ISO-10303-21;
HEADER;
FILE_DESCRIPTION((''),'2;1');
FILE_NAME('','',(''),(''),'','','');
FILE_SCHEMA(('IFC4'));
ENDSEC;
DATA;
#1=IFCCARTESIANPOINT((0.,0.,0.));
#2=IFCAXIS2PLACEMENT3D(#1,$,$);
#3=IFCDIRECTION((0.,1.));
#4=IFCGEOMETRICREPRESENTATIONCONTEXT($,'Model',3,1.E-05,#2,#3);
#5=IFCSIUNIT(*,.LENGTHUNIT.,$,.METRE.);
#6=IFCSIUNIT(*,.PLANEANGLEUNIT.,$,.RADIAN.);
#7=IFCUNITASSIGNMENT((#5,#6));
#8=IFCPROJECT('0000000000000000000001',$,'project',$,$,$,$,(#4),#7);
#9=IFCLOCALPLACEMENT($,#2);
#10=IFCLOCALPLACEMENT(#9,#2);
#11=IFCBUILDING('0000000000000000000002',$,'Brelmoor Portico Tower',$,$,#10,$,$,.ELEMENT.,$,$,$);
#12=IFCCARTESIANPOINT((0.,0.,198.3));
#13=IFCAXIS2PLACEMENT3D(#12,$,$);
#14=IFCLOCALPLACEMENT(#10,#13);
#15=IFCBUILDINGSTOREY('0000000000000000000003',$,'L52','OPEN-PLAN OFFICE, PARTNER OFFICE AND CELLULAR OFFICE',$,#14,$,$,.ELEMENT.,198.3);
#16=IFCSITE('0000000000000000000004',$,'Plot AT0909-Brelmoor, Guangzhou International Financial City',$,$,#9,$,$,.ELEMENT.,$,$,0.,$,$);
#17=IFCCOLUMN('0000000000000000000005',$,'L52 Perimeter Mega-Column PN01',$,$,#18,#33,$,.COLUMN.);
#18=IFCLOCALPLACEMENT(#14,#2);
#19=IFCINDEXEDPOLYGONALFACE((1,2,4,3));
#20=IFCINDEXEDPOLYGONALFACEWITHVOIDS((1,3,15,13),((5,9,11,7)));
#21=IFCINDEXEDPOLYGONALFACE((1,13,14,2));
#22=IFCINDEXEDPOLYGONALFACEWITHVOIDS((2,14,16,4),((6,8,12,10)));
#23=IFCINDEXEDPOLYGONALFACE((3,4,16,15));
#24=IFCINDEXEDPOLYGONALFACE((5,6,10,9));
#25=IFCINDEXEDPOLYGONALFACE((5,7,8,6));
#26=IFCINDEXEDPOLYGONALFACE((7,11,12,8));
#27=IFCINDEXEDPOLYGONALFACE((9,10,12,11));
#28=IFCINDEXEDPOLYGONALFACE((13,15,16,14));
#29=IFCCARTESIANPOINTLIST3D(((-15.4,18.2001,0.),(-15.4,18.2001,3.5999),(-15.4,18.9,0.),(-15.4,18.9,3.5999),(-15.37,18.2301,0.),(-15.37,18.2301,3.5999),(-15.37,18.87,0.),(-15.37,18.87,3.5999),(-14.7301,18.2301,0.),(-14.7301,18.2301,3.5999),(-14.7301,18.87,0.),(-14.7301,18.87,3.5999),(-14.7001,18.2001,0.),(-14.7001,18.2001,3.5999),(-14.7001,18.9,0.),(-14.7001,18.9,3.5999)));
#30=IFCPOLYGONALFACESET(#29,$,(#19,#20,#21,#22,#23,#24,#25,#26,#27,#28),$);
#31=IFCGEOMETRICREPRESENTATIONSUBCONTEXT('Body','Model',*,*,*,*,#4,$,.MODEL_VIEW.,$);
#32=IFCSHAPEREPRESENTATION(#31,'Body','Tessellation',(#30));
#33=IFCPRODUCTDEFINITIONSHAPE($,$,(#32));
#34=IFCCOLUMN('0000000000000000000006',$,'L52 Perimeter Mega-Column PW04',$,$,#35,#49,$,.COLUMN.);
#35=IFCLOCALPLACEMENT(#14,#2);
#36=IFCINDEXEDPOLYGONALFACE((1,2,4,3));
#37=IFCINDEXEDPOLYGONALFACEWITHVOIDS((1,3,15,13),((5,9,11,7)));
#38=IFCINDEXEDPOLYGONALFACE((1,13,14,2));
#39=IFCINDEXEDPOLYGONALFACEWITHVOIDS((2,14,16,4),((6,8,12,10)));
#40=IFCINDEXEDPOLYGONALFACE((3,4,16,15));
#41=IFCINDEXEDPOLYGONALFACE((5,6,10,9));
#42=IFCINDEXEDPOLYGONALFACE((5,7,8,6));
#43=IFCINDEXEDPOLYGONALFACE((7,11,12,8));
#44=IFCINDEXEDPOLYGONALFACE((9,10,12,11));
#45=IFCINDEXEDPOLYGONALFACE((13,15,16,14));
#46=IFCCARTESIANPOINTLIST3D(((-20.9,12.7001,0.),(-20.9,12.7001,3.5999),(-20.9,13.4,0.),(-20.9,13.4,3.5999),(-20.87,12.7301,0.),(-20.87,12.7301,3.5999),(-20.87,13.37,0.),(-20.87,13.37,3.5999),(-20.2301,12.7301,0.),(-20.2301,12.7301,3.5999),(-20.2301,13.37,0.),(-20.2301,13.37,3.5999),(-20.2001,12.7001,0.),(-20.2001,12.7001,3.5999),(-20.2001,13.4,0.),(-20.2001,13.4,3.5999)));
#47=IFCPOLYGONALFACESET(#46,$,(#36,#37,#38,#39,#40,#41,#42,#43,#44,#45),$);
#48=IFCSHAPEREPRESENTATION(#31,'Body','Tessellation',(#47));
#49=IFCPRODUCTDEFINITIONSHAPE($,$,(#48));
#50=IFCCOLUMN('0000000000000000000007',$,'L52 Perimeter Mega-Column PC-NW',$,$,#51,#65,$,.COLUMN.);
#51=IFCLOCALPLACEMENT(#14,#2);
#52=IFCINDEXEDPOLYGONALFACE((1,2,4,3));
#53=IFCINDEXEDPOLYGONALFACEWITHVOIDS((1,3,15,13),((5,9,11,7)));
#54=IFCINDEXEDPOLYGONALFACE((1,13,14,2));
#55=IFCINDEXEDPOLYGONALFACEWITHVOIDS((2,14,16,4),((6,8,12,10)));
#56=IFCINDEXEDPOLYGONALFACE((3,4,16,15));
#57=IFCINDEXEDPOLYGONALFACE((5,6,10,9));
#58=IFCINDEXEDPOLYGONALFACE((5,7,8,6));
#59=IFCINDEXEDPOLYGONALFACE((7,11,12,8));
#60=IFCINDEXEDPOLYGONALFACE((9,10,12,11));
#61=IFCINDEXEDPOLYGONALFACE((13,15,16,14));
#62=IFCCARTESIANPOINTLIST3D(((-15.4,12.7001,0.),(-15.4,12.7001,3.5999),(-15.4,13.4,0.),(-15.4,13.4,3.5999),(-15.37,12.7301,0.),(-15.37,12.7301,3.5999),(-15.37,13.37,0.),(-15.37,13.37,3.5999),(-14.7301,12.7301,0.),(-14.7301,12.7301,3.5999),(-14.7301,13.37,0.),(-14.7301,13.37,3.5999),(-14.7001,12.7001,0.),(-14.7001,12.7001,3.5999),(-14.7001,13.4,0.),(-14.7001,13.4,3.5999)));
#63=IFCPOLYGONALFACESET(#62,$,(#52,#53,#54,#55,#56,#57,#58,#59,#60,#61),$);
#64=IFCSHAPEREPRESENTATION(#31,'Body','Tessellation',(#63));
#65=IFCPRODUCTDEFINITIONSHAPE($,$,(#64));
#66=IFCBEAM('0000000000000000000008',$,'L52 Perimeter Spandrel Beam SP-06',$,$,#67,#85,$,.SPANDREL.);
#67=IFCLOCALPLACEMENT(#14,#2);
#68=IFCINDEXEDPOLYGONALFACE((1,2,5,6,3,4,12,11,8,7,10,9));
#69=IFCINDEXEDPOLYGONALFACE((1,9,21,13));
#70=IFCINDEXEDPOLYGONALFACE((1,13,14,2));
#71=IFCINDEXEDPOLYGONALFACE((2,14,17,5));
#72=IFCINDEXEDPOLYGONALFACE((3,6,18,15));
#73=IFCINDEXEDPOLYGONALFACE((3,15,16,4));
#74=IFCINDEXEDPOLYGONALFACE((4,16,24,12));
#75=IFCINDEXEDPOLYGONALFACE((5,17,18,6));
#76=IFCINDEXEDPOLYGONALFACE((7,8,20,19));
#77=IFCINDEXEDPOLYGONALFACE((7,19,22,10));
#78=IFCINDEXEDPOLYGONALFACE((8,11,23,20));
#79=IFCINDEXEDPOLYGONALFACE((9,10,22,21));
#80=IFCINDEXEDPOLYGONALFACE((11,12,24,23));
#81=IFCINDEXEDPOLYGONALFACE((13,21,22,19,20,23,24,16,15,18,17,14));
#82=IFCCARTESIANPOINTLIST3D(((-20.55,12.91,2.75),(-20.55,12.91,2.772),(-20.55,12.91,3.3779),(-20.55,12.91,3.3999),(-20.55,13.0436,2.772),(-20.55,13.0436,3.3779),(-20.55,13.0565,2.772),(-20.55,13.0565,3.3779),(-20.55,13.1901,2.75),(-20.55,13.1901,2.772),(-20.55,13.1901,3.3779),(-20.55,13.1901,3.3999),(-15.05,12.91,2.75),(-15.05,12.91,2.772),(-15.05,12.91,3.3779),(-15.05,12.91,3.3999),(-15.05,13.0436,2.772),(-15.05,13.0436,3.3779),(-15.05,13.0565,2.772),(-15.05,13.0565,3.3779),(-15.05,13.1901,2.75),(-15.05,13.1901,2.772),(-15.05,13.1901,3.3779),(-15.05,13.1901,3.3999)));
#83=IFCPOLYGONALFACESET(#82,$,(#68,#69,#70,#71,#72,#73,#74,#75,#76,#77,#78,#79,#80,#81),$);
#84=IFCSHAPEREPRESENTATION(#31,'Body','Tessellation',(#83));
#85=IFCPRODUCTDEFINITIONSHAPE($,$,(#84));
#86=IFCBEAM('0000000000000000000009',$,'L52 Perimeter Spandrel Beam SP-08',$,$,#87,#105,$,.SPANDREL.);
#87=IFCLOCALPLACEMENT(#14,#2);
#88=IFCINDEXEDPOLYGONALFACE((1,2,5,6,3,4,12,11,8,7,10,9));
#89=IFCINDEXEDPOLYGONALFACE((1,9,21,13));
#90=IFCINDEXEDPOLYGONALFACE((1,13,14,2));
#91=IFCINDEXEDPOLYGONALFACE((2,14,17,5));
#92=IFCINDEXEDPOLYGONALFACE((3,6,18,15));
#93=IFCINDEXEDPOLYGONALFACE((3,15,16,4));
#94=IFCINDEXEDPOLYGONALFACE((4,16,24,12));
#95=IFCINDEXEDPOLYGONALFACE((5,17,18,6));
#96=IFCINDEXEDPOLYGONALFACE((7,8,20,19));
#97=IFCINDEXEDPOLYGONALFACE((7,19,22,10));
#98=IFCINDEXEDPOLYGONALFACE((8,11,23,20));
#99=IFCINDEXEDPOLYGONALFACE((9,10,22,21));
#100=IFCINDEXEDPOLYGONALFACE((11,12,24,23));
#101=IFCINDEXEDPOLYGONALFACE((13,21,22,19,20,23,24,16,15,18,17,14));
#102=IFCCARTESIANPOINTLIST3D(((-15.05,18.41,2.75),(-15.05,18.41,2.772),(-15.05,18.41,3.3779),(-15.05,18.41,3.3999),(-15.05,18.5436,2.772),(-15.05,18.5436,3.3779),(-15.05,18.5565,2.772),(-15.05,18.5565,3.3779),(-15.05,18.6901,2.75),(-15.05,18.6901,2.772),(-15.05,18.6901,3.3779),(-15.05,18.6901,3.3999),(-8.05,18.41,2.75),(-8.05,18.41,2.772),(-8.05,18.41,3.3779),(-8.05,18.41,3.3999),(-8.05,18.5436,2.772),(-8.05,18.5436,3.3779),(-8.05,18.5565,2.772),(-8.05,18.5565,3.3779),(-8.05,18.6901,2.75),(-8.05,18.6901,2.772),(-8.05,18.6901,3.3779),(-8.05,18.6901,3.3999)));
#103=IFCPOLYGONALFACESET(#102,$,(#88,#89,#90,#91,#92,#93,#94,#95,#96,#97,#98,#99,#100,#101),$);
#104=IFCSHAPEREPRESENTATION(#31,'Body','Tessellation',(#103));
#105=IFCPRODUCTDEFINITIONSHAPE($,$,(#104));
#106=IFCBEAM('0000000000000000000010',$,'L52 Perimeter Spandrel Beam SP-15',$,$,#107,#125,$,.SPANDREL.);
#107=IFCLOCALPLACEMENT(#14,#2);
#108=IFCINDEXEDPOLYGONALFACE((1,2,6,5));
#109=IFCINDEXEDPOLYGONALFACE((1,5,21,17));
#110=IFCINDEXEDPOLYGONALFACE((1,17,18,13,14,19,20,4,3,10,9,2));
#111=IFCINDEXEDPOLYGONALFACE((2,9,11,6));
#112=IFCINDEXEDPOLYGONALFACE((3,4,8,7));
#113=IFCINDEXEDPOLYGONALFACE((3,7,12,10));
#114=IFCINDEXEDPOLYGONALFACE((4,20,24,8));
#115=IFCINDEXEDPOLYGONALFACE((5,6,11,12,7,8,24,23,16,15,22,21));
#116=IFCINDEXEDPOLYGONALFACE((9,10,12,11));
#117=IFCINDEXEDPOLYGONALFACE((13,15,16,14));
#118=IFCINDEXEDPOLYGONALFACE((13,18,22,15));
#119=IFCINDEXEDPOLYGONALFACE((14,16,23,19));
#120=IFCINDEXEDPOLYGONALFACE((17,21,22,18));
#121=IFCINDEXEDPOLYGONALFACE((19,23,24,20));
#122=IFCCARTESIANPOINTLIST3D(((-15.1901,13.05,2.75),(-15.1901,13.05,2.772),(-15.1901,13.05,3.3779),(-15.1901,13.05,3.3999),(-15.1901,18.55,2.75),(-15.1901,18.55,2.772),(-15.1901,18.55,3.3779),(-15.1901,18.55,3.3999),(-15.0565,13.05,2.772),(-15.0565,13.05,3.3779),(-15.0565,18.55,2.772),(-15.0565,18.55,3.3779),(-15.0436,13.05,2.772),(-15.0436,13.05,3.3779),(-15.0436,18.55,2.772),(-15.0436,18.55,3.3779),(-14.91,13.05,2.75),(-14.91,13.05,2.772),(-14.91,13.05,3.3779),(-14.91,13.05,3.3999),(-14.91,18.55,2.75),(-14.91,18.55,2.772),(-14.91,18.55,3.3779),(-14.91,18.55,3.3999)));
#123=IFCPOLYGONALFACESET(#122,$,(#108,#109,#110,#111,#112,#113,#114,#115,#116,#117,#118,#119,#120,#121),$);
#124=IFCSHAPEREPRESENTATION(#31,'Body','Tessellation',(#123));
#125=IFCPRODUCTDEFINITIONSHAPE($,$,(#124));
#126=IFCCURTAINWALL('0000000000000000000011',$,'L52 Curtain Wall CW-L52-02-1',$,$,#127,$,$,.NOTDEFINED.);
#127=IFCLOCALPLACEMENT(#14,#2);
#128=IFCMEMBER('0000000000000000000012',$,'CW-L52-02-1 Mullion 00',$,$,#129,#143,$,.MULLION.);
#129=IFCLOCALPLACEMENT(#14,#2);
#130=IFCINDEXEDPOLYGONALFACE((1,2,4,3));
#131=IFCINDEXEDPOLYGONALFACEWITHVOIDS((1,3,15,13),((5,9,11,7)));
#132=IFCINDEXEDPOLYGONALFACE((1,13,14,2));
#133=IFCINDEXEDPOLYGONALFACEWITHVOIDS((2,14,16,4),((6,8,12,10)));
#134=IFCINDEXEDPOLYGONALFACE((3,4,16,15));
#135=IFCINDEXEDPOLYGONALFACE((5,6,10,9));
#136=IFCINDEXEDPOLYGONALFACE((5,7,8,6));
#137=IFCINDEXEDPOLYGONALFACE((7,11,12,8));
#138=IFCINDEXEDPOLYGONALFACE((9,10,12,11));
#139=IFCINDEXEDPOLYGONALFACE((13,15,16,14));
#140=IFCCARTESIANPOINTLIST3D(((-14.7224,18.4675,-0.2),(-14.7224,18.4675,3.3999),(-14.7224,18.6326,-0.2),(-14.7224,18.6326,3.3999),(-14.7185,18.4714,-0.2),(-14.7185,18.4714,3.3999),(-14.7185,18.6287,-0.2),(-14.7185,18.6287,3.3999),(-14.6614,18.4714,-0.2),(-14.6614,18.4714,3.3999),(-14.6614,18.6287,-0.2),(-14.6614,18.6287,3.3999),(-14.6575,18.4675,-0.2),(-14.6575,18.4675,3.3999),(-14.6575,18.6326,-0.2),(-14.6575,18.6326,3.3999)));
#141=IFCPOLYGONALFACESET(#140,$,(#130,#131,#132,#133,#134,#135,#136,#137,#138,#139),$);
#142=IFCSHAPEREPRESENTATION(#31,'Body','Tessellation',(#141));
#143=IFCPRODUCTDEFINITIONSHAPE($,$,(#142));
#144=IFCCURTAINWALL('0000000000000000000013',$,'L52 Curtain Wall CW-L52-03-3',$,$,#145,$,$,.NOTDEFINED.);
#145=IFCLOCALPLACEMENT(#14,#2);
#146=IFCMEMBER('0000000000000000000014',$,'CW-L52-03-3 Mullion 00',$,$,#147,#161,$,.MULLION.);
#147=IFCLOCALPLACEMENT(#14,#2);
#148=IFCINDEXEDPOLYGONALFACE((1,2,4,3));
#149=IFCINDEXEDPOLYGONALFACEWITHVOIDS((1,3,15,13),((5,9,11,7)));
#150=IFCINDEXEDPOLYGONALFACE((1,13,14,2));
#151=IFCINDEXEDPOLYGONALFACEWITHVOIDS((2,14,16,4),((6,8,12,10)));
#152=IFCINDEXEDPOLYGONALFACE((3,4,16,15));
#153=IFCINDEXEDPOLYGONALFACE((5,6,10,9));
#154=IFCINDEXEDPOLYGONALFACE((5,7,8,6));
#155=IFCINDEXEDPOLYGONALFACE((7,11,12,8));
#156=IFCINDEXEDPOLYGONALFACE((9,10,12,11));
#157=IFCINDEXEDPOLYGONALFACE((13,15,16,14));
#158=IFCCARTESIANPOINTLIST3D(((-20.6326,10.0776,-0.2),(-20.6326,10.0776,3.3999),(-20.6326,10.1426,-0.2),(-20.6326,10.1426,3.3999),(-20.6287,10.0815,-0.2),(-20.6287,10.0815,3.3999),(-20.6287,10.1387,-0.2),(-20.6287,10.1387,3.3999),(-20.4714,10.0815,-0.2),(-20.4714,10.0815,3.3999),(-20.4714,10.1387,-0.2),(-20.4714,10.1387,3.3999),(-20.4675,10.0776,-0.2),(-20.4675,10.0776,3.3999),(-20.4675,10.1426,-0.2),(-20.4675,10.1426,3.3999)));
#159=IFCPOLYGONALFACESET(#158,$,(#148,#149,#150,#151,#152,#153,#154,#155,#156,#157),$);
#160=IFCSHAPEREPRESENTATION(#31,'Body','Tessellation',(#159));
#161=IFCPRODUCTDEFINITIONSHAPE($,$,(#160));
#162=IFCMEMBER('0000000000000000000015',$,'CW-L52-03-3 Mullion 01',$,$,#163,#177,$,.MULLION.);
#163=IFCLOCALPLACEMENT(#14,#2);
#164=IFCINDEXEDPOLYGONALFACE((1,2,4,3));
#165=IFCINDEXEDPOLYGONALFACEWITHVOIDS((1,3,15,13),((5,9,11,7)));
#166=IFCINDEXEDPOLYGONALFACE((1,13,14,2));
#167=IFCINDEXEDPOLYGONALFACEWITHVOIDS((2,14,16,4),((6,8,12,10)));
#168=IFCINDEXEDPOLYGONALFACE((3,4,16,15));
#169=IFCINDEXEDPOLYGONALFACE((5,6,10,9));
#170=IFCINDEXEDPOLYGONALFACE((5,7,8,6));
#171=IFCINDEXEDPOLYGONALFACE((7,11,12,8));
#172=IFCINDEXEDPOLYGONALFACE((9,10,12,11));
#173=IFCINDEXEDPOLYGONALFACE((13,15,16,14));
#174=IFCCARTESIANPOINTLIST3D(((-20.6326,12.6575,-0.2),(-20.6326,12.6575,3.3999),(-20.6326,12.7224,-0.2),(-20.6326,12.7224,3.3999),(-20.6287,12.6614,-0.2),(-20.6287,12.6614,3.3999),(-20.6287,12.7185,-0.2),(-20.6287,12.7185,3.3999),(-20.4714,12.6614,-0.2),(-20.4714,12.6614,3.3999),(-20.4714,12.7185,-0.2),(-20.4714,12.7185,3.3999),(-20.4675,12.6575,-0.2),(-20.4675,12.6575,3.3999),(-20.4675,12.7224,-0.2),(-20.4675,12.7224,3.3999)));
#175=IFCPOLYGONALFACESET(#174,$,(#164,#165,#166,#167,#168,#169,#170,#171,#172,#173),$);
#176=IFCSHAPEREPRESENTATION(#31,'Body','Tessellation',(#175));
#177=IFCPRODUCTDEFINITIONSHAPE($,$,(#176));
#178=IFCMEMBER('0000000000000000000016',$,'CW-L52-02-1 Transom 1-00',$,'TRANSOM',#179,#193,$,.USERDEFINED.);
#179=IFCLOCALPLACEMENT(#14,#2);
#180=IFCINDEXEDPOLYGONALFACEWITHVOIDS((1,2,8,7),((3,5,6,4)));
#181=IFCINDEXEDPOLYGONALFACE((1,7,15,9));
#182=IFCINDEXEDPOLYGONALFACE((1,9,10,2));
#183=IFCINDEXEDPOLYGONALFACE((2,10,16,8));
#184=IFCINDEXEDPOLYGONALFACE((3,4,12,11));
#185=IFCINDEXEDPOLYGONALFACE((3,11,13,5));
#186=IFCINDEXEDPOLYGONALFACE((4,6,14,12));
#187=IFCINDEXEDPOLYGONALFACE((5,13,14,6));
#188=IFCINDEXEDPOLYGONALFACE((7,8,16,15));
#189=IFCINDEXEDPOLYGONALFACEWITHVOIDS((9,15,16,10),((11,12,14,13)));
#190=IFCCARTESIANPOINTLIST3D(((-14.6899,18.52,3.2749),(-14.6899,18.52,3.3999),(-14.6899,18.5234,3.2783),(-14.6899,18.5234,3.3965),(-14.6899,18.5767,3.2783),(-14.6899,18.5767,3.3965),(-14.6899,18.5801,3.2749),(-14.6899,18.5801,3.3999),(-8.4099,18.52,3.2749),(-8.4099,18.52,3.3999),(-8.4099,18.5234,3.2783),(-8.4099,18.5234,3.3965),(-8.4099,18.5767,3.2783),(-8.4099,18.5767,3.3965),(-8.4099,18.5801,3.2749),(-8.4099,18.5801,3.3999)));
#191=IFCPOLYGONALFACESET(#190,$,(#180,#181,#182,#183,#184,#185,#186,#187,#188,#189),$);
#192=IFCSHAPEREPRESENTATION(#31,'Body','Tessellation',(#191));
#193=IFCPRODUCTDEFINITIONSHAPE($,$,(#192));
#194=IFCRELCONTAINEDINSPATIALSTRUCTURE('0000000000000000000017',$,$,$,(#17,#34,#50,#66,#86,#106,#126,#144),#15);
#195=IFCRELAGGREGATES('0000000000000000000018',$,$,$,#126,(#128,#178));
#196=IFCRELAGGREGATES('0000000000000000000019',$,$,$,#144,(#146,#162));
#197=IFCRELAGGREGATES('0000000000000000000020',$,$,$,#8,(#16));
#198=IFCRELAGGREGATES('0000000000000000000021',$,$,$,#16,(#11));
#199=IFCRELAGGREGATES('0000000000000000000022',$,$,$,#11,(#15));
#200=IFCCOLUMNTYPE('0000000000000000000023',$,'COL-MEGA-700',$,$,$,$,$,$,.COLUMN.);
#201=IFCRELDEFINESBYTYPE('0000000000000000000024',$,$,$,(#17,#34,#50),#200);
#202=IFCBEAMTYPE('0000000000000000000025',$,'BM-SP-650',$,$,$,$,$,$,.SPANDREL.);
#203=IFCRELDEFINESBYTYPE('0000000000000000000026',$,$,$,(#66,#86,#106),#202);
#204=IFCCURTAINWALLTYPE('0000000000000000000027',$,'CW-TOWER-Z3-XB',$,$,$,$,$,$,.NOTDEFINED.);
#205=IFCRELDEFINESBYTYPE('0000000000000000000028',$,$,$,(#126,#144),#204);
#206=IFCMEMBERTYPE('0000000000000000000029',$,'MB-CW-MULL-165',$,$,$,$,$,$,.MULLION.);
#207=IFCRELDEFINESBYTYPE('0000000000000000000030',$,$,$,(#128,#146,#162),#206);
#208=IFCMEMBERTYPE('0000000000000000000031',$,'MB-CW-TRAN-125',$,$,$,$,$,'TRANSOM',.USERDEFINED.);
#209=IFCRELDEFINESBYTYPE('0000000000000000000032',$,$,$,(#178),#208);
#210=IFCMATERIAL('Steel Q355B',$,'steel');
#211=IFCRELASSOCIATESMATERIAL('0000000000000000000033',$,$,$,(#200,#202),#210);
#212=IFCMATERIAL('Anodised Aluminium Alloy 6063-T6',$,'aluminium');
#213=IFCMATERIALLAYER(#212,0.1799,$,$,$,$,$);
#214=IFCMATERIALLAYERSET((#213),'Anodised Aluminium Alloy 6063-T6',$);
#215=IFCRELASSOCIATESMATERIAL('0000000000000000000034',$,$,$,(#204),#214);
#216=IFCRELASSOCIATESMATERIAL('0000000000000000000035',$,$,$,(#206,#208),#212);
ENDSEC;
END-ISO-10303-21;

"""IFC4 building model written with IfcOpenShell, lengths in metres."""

from ifc_helpers import new_model, si_unit, direction, frame, origin, origin_2d, place, context, subcontext, project, spatial, hollow_rectangle, i_section, extrude, material, layer, layer_set, material_profile, profile_set, type_object, element, aggregate, save


model = new_model("IFC4")

# Units and contexts
model_context = context("Model", 3, precision=1e-05, world=origin(), true_north=direction((0.0, 1.0)))
body_context = subcontext(model_context, "Body", "Model", "MODEL_VIEW")
ifc_project = project(units=[si_unit("LENGTHUNIT", "METRE"), si_unit("PLANEANGLEUNIT", "RADIAN")], contexts=[model_context])

# Site, building, storey
site_placement = place(None, origin())
site = spatial("IfcSite", under=ifc_project, at=site_placement, Name="Plot AT0909-Brelmoor, Guangzhou International Financial City", CompositionType="ELEMENT", RefElevation=0.0)
building_placement = place(site_placement, origin())
building = spatial("IfcBuilding", under=site, at=building_placement, Name="Brelmoor Portico Tower", CompositionType="ELEMENT")
storey_placement = place(building_placement, frame((0.0, 0.0, 198.3)))
storey = spatial("IfcBuildingStorey", under=building, at=storey_placement, Name="L52", Description="OPEN-PLAN OFFICE, PARTNER OFFICE AND CELLULAR OFFICE", CompositionType="ELEMENT", Elevation=198.3)

# Columns
ifc_material_1 = material(Name="Steel Q355B", Category="steel")
ifc_material_profile_1 = material_profile(ifc_material_1, hollow_rectangle(XDim=0.7, YDim=0.7, WallThickness=0.03, at=origin_2d()), Name="BOX 700x700x30")
ifc_profile_set_1 = profile_set([ifc_material_profile_1], Name="Steel Q355B")
column_type = type_object("IfcColumnType", Name="COL-MEGA-700", PredefinedType="COLUMN", material=ifc_profile_set_1)
for number, where, z_axis, x_axis, name in (
    (1, (-15.05, 18.55, 0.0), (0.0, 0.0, 1.0), (1.0, 0.0, 0.0), "L52 Perimeter Mega-Column PN01"),
    (2, (-20.55, 13.05, 0.0), (0.0, 0.0, 1.0), (0.0, 1.0, 0.0), "L52 Perimeter Mega-Column PW04"),
    (3, (-15.05, 13.05, 0.0), (0.0, 0.0, 1.0), (1.0, 0.0, 0.0), "L52 Perimeter Mega-Column PC-NW"),
):
    element("IfcColumn", number, at=place(storey_placement, frame(where, z_axis=z_axis, x_axis=x_axis)), inside=storey, type_object=column_type, Name=name, PredefinedType="COLUMN", context=body_context, shape_type="SweptSolid", body=[
        extrude(hollow_rectangle(XDim=0.7, YDim=0.7, WallThickness=0.03, at=origin_2d()), origin(), (0.0, 0.0, 1.0), 3.5999),
    ])

# Beams
ifc_material_profile_2 = material_profile(ifc_material_1, i_section(OverallWidth=0.28, OverallDepth=0.6499, WebThickness=0.0129, FlangeThickness=0.022, at=origin_2d()), Name="HN 650x280x13x22")
ifc_profile_set_2 = profile_set([ifc_material_profile_2], Name="Steel Q355B")
beam_type = type_object("IfcBeamType", Name="BM-SP-650", PredefinedType="SPANDREL", material=ifc_profile_set_2)
beam_1_placement = place(storey_placement, frame((-20.55, 13.05, 3.075), z_axis=(1.0, 0.0, 0.0), x_axis=(0.0, 1.0, 0.0)))
element("IfcBeam", 4, at=beam_1_placement, inside=storey, type_object=beam_type, Name="L52 Perimeter Spandrel Beam SP-06", PredefinedType="SPANDREL", context=body_context, shape_type="SweptSolid", body=[
    extrude(i_section(OverallWidth=0.28, OverallDepth=0.6499, WebThickness=0.0129, FlangeThickness=0.022, at=origin_2d()), origin(), (0.0, 0.0, 1.0), 5.5),
])
beam_2_placement = place(storey_placement, frame((-15.05, 18.55, 3.075), z_axis=(1.0, 0.0, 0.0), x_axis=(0.0, 1.0, 0.0)))
element("IfcBeam", 5, at=beam_2_placement, inside=storey, type_object=beam_type, Name="L52 Perimeter Spandrel Beam SP-08", PredefinedType="SPANDREL", context=body_context, shape_type="SweptSolid", body=[
    extrude(i_section(OverallWidth=0.28, OverallDepth=0.6499, WebThickness=0.0129, FlangeThickness=0.022, at=origin_2d()), origin(), (0.0, 0.0, 1.0), 7.0),
])
beam_3_placement = place(storey_placement, frame((-15.05, 13.05, 3.075), z_axis=(0.0, 1.0, 0.0), x_axis=(-1.0, 0.0, 0.0)))
element("IfcBeam", 6, at=beam_3_placement, inside=storey, type_object=beam_type, Name="L52 Perimeter Spandrel Beam SP-15", PredefinedType="SPANDREL", context=body_context, shape_type="SweptSolid", body=[
    extrude(i_section(OverallWidth=0.28, OverallDepth=0.6499, WebThickness=0.0129, FlangeThickness=0.022, at=origin_2d()), origin(), (0.0, 0.0, 1.0), 5.5),
])

# Curtain wall, member
ifc_material_2 = material(Name="Anodised Aluminium Alloy 6063-T6", Category="aluminium")
ifc_layer_1 = layer(ifc_material_2, 0.1799)
ifc_layer_set_1 = layer_set([ifc_layer_1], Name="Anodised Aluminium Alloy 6063-T6")
curtain_wall_type = type_object("IfcCurtainWallType", Name="CW-TOWER-Z3-XB", PredefinedType="NOTDEFINED", material=ifc_layer_set_1)
curtain_wall_1_placement = place(storey_placement, origin())
curtain_wall_1 = element("IfcCurtainWall", 7, at=curtain_wall_1_placement, inside=storey, type_object=curtain_wall_type, Name="L52 Curtain Wall CW-L52-02-1", PredefinedType="NOTDEFINED")
ifc_material_profile_3 = material_profile(ifc_material_2, hollow_rectangle(XDim=0.0649, YDim=0.165, WallThickness=0.0039, at=origin_2d()), Name="ALU MULLION 65x165")
ifc_profile_set_3 = profile_set([ifc_material_profile_3], Name="Anodised Aluminium Alloy 6063-T6")
member_type_1 = type_object("IfcMemberType", Name="MB-CW-MULL-165", PredefinedType="MULLION", material=ifc_profile_set_3)
member_1_placement = place(storey_placement, frame((-14.6899, 18.55, -0.2), z_axis=(0.0, 0.0, 1.0), x_axis=(1.0, 0.0, 0.0)))
member_1 = element("IfcMember", 8, at=member_1_placement, type_object=member_type_1, Name="CW-L52-02-1 Mullion 00", PredefinedType="MULLION", context=body_context, shape_type="SweptSolid", body=[
    extrude(hollow_rectangle(XDim=0.0649, YDim=0.165, WallThickness=0.0039, at=origin_2d()), origin(), (0.0, 0.0, 1.0), 3.5999),
])

# Curtain wall, members
curtain_wall_2_placement = place(storey_placement, origin())
curtain_wall_2 = element("IfcCurtainWall", 9, at=curtain_wall_2_placement, inside=storey, type_object=curtain_wall_type, Name="L52 Curtain Wall CW-L52-03-3", PredefinedType="NOTDEFINED")
member_2_placement = place(storey_placement, frame((-20.55, 10.1101, -0.2), z_axis=(0.0, 0.0, 1.0), x_axis=(0.0, 1.0, 0.0)))
member_2 = element("IfcMember", 10, at=member_2_placement, type_object=member_type_1, Name="CW-L52-03-3 Mullion 00", PredefinedType="MULLION", context=body_context, shape_type="SweptSolid", body=[
    extrude(hollow_rectangle(XDim=0.0649, YDim=0.165, WallThickness=0.0039, at=origin_2d()), origin(), (0.0, 0.0, 1.0), 3.5999),
])
member_3_placement = place(storey_placement, frame((-20.55, 12.6899, -0.2), z_axis=(0.0, 0.0, 1.0), x_axis=(0.0, 1.0, 0.0)))
member_3 = element("IfcMember", 11, at=member_3_placement, type_object=member_type_1, Name="CW-L52-03-3 Mullion 01", PredefinedType="MULLION", context=body_context, shape_type="SweptSolid", body=[
    extrude(hollow_rectangle(XDim=0.0649, YDim=0.165, WallThickness=0.0039, at=origin_2d()), origin(), (0.0, 0.0, 1.0), 3.5999),
])

# Member
ifc_material_profile_4 = material_profile(ifc_material_2, hollow_rectangle(XDim=0.0601, YDim=0.125, WallThickness=0.0034, at=origin_2d()), Name="ALU TRANSOM 60x125")
ifc_profile_set_4 = profile_set([ifc_material_profile_4], Name="Anodised Aluminium Alloy 6063-T6")
member_type_2 = type_object("IfcMemberType", Name="MB-CW-TRAN-125", ElementType="TRANSOM", PredefinedType="USERDEFINED", material=ifc_profile_set_4)
member_4_placement = place(storey_placement, frame((-14.6899, 18.55, 3.3374), z_axis=(1.0, 0.0, 0.0), x_axis=(0.0, 1.0, 0.0)))
member_4 = element("IfcMember", 12, at=member_4_placement, type_object=member_type_2, Name="CW-L52-02-1 Transom 1-00", ObjectType="TRANSOM", PredefinedType="USERDEFINED", context=body_context, shape_type="SweptSolid", body=[
    extrude(hollow_rectangle(XDim=0.0601, YDim=0.125, WallThickness=0.0034, at=origin_2d()), origin(), (0.0, 0.0, 1.0), 6.28),
])
aggregate(curtain_wall_1, [member_1, member_4])

aggregate(curtain_wall_2, [member_2, member_3])

save(model, "model.ifc")
